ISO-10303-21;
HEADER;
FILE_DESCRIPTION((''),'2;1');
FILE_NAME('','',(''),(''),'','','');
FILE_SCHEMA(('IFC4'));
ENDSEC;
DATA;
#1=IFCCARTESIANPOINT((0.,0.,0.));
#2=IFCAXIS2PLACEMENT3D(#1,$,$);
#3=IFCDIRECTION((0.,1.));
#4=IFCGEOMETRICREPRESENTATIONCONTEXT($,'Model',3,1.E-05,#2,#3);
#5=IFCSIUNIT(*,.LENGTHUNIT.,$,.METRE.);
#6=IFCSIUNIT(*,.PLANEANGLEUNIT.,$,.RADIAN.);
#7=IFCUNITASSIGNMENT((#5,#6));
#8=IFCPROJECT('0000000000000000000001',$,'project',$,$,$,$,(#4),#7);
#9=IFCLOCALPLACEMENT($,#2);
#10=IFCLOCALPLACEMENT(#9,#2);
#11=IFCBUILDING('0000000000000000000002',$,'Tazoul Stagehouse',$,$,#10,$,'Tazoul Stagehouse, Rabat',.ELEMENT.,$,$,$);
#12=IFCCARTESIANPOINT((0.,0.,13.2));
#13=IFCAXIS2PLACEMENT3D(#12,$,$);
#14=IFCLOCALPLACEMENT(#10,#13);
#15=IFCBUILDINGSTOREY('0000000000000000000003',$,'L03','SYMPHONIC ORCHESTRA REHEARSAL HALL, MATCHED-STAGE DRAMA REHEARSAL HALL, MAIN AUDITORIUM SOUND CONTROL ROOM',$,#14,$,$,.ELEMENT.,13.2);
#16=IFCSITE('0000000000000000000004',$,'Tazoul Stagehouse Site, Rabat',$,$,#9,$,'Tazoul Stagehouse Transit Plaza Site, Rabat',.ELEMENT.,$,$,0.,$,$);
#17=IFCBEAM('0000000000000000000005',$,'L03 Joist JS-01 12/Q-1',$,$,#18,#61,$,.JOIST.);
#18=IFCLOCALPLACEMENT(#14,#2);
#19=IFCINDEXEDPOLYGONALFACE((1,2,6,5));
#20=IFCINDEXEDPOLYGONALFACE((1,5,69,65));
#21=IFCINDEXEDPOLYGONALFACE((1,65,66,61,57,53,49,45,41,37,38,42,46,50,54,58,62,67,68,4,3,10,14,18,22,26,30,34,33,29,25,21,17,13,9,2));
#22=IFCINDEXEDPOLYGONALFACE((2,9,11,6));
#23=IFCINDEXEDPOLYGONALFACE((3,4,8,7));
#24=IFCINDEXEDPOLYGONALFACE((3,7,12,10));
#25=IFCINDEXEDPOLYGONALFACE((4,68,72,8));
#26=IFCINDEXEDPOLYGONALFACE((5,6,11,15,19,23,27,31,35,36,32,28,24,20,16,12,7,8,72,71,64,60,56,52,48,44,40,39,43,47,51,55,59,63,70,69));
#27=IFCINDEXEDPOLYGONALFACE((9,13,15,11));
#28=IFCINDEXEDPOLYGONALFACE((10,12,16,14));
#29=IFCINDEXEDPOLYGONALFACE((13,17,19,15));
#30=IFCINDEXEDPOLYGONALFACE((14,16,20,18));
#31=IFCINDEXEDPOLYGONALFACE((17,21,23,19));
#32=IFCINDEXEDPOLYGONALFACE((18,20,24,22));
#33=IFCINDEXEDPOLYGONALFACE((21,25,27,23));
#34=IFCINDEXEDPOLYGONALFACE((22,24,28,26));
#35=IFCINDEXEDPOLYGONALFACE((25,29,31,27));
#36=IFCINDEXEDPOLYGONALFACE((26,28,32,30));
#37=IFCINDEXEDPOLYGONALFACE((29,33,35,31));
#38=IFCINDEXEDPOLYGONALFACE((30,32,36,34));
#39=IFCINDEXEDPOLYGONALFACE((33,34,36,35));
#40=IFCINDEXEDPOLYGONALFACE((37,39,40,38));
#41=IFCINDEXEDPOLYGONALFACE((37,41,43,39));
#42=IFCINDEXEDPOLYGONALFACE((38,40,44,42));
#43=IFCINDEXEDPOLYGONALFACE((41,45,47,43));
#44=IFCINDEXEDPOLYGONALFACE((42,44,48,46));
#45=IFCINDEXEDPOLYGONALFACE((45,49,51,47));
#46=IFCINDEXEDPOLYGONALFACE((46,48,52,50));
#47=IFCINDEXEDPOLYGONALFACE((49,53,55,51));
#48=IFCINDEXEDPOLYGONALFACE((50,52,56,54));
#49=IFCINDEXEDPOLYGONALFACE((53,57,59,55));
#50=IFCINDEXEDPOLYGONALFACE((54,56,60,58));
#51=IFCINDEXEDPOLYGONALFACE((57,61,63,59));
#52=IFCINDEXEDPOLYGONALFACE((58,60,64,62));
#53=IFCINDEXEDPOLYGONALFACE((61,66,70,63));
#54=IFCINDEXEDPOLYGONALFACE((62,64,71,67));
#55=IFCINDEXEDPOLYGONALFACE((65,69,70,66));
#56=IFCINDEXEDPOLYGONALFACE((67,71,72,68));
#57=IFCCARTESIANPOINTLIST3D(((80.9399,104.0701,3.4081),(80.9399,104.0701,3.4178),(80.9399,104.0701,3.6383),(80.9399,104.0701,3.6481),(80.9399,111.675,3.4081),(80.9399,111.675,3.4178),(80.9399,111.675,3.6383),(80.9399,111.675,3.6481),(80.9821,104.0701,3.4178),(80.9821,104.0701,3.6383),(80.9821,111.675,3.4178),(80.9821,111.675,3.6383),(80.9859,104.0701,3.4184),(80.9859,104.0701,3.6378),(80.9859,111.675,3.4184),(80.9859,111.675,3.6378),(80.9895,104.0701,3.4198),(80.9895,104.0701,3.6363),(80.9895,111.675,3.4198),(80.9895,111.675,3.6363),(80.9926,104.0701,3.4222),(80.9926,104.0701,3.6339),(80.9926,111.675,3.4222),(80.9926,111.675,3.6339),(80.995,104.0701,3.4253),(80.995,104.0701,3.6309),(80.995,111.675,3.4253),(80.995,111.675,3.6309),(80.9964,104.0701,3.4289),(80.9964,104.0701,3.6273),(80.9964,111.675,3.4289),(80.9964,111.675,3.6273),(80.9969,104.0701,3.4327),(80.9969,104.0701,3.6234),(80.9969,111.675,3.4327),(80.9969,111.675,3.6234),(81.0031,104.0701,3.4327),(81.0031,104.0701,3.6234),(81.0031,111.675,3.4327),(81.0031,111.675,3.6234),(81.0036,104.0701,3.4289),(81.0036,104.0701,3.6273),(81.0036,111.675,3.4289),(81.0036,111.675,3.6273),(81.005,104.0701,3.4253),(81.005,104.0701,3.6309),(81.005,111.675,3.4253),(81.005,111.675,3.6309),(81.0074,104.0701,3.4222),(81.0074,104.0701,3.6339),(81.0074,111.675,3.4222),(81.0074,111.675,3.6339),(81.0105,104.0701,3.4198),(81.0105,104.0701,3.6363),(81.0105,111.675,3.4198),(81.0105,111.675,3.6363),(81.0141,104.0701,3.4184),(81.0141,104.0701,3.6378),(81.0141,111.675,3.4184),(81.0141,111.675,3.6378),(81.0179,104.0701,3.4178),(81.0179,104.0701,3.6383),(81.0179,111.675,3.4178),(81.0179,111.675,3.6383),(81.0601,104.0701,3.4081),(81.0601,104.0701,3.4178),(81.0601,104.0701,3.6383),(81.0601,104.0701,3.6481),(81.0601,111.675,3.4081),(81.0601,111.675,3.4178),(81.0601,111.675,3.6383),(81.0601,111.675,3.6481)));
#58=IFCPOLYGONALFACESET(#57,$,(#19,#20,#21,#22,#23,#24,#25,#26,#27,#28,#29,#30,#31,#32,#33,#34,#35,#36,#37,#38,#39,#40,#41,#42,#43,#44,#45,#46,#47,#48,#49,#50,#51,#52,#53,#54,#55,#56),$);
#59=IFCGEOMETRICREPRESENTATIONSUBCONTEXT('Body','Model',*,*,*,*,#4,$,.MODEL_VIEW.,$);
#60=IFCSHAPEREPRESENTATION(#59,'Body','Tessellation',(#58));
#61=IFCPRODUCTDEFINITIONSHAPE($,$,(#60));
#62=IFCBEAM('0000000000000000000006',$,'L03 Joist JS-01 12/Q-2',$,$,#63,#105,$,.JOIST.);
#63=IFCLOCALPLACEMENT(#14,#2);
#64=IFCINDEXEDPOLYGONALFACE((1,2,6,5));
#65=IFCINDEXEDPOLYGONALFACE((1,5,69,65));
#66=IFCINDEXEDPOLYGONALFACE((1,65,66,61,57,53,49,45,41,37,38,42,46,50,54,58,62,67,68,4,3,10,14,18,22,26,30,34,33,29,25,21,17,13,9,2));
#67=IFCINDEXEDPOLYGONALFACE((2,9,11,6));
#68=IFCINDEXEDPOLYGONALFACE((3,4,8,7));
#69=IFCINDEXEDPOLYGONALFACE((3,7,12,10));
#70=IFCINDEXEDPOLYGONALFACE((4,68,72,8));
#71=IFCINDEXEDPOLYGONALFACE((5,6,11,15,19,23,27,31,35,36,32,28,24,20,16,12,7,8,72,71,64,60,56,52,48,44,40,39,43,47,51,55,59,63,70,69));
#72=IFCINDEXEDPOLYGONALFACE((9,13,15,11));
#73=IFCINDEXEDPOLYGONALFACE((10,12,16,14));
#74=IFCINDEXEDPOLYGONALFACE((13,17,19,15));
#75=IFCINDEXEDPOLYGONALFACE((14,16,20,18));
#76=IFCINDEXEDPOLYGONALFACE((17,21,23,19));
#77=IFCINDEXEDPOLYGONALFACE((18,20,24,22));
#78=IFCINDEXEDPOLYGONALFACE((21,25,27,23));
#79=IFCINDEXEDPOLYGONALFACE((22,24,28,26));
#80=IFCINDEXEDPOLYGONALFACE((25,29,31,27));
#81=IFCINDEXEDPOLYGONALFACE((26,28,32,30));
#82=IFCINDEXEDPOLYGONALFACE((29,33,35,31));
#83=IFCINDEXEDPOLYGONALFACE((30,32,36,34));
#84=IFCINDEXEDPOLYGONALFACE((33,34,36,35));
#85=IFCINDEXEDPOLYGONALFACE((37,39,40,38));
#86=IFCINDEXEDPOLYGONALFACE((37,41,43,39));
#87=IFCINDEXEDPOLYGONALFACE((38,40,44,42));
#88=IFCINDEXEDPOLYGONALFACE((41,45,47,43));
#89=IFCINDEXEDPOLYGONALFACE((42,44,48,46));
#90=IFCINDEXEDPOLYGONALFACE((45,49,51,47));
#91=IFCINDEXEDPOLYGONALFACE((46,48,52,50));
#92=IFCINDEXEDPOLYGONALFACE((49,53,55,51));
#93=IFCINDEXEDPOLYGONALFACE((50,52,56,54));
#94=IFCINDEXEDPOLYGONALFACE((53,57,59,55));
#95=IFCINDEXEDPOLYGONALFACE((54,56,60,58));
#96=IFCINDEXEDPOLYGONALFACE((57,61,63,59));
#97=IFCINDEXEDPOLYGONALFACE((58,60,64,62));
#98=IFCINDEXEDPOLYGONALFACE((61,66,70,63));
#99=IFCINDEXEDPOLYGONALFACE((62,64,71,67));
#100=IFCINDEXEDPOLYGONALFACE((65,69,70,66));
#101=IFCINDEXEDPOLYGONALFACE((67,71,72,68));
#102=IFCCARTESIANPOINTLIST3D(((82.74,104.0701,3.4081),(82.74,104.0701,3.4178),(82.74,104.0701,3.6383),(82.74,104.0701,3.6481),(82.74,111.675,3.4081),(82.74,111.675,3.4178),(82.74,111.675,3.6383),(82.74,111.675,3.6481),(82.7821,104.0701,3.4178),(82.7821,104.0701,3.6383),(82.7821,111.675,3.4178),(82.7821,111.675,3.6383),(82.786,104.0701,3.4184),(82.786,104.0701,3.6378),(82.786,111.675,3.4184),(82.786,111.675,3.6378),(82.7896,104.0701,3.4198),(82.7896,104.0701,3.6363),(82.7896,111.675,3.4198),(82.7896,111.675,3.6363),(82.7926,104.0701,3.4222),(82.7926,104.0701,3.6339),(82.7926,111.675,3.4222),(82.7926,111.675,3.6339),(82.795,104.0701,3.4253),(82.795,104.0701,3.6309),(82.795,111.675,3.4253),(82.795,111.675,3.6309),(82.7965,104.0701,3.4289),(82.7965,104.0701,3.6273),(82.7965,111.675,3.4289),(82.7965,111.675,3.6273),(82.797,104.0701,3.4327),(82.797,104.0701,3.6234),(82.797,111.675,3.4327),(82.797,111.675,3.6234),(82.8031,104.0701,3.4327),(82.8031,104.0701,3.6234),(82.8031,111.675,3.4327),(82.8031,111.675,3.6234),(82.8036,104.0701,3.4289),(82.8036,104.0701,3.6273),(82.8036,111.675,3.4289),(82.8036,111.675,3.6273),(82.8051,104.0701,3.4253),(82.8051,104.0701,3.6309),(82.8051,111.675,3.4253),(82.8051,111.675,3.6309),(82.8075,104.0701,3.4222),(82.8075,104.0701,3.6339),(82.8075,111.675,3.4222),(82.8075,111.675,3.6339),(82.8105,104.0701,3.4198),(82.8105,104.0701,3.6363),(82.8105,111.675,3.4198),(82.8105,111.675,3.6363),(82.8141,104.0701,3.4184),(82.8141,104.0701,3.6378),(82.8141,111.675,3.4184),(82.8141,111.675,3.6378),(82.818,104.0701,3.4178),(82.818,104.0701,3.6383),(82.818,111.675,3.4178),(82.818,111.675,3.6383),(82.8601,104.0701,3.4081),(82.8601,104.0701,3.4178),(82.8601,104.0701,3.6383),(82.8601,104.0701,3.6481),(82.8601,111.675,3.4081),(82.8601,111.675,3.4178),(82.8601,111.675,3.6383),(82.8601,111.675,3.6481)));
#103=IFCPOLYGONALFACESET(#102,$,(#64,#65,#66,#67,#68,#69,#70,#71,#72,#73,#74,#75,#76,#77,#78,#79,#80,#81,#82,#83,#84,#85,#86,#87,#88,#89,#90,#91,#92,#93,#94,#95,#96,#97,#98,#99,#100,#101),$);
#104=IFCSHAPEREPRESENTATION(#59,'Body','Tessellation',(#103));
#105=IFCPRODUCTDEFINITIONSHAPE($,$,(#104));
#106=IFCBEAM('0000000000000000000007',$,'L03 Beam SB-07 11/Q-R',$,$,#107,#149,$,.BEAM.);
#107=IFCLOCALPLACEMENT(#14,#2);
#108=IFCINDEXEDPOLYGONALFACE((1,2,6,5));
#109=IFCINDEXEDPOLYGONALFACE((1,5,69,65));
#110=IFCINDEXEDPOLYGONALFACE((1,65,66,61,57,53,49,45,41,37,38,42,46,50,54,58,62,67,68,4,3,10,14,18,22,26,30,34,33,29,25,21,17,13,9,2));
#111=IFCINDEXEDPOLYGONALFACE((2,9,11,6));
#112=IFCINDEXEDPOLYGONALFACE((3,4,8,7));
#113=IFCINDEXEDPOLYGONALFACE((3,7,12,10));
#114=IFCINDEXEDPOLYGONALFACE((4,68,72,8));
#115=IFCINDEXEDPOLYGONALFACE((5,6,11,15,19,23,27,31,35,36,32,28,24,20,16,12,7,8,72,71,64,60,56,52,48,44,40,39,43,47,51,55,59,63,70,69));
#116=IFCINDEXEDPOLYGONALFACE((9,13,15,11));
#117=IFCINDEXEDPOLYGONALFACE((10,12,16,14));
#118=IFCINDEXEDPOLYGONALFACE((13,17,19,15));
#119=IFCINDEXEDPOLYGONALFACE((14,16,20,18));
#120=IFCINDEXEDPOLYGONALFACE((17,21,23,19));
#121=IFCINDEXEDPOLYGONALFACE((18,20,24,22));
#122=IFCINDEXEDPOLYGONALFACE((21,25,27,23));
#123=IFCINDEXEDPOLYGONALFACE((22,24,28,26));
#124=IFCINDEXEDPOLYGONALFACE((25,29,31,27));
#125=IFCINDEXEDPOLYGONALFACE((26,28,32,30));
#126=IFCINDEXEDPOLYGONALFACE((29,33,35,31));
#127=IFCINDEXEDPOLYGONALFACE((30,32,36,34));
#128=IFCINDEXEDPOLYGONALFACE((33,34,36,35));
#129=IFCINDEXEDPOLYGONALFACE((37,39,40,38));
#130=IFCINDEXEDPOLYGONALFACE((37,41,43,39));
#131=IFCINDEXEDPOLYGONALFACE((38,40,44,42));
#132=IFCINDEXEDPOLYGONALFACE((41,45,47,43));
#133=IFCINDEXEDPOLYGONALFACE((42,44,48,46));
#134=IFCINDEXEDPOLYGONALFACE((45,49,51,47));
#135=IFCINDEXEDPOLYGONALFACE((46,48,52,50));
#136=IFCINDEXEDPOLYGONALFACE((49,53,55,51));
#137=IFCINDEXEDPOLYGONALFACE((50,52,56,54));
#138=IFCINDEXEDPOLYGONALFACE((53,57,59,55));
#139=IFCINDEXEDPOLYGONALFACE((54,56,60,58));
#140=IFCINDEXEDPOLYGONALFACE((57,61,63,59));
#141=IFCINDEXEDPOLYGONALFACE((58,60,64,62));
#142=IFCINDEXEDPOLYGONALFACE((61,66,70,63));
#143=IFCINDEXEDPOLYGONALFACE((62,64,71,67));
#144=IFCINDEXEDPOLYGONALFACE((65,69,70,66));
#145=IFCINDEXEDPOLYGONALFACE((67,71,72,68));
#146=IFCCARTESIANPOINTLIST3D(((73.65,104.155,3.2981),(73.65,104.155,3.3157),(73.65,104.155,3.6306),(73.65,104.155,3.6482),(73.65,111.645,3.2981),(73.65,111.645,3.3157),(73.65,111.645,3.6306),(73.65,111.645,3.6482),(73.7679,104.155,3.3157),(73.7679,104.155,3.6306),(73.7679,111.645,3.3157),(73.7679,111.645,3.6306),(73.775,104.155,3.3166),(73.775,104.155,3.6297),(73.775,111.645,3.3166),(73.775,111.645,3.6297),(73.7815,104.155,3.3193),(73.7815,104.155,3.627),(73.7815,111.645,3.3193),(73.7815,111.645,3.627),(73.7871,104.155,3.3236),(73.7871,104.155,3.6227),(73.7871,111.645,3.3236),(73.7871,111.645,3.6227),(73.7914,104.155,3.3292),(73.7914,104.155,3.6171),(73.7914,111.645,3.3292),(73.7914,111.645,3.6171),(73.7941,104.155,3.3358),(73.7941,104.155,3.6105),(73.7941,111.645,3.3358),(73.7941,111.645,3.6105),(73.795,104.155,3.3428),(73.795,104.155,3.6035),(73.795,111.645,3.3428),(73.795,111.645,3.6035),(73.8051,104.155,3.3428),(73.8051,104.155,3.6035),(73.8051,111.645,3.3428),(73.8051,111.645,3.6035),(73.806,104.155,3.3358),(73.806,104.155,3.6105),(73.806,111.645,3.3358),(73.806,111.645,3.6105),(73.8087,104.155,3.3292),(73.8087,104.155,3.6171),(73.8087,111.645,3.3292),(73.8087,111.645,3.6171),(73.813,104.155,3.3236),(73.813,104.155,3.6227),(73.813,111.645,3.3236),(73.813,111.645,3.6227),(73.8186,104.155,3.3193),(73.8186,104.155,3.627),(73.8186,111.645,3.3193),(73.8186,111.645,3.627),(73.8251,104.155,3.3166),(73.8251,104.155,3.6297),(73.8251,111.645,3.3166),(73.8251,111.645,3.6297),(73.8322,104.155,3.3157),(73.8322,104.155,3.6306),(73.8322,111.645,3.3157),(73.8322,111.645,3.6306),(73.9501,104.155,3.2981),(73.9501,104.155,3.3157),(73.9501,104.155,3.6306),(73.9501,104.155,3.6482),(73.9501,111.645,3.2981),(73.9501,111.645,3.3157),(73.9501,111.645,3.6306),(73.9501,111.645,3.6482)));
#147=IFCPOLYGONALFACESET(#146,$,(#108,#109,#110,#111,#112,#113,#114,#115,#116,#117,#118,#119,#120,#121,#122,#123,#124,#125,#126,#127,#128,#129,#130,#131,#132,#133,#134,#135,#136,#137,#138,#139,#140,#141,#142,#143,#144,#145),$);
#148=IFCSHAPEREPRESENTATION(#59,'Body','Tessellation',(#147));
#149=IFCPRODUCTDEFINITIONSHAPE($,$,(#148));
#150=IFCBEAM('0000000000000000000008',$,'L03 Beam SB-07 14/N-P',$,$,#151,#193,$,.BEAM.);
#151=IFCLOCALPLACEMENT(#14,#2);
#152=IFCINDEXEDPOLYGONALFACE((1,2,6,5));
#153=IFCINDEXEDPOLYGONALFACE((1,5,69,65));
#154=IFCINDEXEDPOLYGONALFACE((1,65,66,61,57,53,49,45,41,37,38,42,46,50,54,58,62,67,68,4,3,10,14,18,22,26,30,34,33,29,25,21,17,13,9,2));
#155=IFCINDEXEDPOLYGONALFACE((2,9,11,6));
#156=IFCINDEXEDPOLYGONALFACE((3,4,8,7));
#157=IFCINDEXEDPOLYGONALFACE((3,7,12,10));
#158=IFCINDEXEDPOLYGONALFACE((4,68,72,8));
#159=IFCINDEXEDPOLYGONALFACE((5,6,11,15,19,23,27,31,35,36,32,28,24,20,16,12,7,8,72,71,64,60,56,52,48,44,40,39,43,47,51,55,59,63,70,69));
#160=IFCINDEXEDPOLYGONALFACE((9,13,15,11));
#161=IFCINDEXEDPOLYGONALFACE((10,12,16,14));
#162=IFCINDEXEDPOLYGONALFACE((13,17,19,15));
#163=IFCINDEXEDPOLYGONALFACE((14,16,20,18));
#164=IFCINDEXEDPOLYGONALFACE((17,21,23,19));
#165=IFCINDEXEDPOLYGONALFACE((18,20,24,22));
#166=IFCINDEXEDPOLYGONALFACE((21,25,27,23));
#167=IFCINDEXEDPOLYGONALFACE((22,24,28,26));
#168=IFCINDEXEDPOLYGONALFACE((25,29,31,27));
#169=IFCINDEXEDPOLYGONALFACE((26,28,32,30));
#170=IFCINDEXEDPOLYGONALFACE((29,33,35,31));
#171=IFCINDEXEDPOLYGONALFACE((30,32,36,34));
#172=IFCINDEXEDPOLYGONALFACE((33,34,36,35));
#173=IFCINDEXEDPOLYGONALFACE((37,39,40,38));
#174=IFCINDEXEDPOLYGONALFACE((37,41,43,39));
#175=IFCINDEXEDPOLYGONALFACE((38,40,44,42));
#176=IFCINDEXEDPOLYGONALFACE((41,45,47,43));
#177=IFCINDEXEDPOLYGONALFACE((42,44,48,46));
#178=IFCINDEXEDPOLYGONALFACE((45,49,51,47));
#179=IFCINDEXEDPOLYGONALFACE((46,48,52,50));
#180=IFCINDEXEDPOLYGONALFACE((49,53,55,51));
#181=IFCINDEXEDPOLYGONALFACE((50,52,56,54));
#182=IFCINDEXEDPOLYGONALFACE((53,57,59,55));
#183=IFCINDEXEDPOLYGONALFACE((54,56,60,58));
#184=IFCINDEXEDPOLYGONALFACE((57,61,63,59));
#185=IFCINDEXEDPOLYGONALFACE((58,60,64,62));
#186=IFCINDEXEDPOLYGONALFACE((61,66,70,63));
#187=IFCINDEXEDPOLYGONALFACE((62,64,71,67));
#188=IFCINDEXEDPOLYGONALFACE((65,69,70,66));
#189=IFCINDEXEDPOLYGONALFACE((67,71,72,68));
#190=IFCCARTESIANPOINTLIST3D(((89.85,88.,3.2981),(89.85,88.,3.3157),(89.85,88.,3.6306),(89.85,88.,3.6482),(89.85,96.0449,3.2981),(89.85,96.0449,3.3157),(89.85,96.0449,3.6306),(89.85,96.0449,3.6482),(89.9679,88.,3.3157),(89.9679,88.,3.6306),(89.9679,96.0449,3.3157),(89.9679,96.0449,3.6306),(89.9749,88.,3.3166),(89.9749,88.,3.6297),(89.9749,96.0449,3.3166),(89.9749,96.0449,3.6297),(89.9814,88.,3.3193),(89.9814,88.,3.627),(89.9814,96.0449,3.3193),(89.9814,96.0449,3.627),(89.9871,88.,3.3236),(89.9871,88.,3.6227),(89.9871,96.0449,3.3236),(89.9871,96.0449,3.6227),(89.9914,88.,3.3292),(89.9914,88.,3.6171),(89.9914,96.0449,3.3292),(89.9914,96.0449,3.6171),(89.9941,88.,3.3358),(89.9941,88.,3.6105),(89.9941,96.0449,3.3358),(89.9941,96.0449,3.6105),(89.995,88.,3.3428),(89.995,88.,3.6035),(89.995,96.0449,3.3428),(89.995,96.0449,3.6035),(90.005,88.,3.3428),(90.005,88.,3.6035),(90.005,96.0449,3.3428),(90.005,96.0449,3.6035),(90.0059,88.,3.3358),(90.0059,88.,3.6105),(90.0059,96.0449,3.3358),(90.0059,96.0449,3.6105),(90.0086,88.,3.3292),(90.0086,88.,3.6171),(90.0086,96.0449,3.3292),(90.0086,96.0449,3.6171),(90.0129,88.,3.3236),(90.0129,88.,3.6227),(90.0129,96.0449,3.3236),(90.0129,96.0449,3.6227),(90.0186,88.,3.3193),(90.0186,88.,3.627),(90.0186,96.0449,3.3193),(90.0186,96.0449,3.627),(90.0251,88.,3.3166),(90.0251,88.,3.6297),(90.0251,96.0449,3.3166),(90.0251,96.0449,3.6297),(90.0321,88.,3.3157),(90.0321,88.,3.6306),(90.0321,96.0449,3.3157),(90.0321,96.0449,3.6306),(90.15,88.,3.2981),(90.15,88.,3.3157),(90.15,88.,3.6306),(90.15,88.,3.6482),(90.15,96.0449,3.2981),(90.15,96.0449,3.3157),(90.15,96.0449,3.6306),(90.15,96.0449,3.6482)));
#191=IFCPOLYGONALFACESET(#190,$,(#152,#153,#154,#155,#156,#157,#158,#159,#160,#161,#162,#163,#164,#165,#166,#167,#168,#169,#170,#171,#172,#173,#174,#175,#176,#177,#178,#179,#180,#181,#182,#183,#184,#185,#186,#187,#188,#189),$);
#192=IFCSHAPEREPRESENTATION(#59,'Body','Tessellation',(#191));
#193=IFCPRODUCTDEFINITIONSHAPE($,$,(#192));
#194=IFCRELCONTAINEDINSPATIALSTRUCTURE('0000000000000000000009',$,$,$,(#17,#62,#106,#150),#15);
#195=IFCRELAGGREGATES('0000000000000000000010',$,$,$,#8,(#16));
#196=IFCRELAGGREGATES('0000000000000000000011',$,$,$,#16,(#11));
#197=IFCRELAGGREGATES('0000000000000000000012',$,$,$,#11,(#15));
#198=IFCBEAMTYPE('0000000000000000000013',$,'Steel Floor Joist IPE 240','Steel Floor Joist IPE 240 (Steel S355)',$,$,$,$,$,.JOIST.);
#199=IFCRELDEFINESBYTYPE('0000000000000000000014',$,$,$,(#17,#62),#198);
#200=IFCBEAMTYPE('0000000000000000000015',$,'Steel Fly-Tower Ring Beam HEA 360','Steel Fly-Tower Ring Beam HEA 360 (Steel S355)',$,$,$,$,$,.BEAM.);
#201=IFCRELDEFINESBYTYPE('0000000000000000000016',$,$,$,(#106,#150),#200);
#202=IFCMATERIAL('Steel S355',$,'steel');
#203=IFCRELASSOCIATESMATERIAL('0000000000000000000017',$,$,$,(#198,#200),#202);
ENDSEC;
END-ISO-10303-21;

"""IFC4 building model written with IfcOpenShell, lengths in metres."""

from ifc_helpers import new_model, si_unit, direction, frame, origin, origin_2d, place, context, subcontext, project, spatial, i_section, extrude, material, material_profile, profile_set, type_object, element, save


model = new_model("IFC4")

# Units and contexts
model_context = context("Model", 3, precision=1e-05, world=origin(), true_north=direction((0.0, 1.0)))
body_context = subcontext(model_context, "Body", "Model", "MODEL_VIEW")
ifc_project = project(units=[si_unit("LENGTHUNIT", "METRE"), si_unit("PLANEANGLEUNIT", "RADIAN")], contexts=[model_context])

# Site, building, storey
site_placement = place(None, origin())
site = spatial("IfcSite", under=ifc_project, at=site_placement, Name="Tazoul Stagehouse Site, Rabat", LongName="Tazoul Stagehouse Transit Plaza Site, Rabat", CompositionType="ELEMENT", RefElevation=0.0)
building_placement = place(site_placement, origin())
building = spatial("IfcBuilding", under=site, at=building_placement, Name="Tazoul Stagehouse", LongName="Tazoul Stagehouse, Rabat", CompositionType="ELEMENT")
storey_placement = place(building_placement, frame((0.0, 0.0, 13.2)))
storey = spatial("IfcBuildingStorey", under=building, at=storey_placement, Name="L03", Description="SYMPHONIC ORCHESTRA REHEARSAL HALL, MATCHED-STAGE DRAMA REHEARSAL HALL, MAIN AUDITORIUM SOUND CONTROL ROOM", CompositionType="ELEMENT", Elevation=13.2)

# Shared definitions
ifc_material_1 = material(Name="Steel S355", Category="steel")

# Beams
ifc_material_profile_1 = material_profile(ifc_material_1, i_section(OverallWidth=0.1201, OverallDepth=0.24, WebThickness=0.0061, FlangeThickness=0.0098, FilletRadius=0.0149, at=origin_2d()), Name="IPE 240")
ifc_profile_set_1 = profile_set([ifc_material_profile_1], Name="Steel S355")
beam_type_1 = type_object("IfcBeamType", Name="Steel Floor Joist IPE 240", Description="Steel Floor Joist IPE 240 (Steel S355)", PredefinedType="JOIST", material=ifc_profile_set_1)
for number, where, z_axis, x_axis, name in (
    (1, (81.0, 104.0701, 3.5281), (0.0, 1.0, 0.0), (-1.0, 0.0, 0.0), "L03 Joist JS-01 12/Q-1"),
    (2, (82.8, 104.0701, 3.5281), (0.0, 1.0, 0.0), (-1.0, 0.0, 0.0), "L03 Joist JS-01 12/Q-2"),
):
    element("IfcBeam", number, at=place(storey_placement, frame(where, z_axis=z_axis, x_axis=x_axis)), inside=storey, type_object=beam_type_1, Name=name, PredefinedType="JOIST", context=body_context, shape_type="SweptSolid", body=[
        extrude(i_section(OverallWidth=0.1201, OverallDepth=0.24, WebThickness=0.0061, FlangeThickness=0.0098, FilletRadius=0.0149, at=origin_2d()), origin(), (0.0, 0.0, 1.0), 7.605),
    ])
ifc_material_profile_2 = material_profile(ifc_material_1, i_section(OverallWidth=0.3, OverallDepth=0.3501, WebThickness=0.01, FlangeThickness=0.0176, FilletRadius=0.0271, at=origin_2d()), Name="HEA 360")
ifc_profile_set_2 = profile_set([ifc_material_profile_2], Name="Steel S355")
beam_type_2 = type_object("IfcBeamType", Name="Steel Fly-Tower Ring Beam HEA 360", Description="Steel Fly-Tower Ring Beam HEA 360 (Steel S355)", PredefinedType="BEAM", material=ifc_profile_set_2)
beam_1_placement = place(storey_placement, frame((73.8, 104.155, 3.4731), z_axis=(0.0, 1.0, 0.0), x_axis=(-1.0, 0.0, 0.0)))
element("IfcBeam", 3, at=beam_1_placement, inside=storey, type_object=beam_type_2, Name="L03 Beam SB-07 11/Q-R", PredefinedType="BEAM", context=body_context, shape_type="SweptSolid", body=[
    extrude(i_section(OverallWidth=0.3, OverallDepth=0.3501, WebThickness=0.01, FlangeThickness=0.0176, FilletRadius=0.0271, at=origin_2d()), origin(), (0.0, 0.0, 1.0), 7.49),
])
beam_2_placement = place(storey_placement, frame((90.0, 88.0, 3.4731), z_axis=(0.0, 1.0, 0.0), x_axis=(-1.0, 0.0, 0.0)))
element("IfcBeam", 4, at=beam_2_placement, inside=storey, type_object=beam_type_2, Name="L03 Beam SB-07 14/N-P", PredefinedType="BEAM", context=body_context, shape_type="SweptSolid", body=[
    extrude(i_section(OverallWidth=0.3, OverallDepth=0.3501, WebThickness=0.01, FlangeThickness=0.0176, FilletRadius=0.0271, at=origin_2d()), origin(), (0.0, 0.0, 1.0), 8.0449),
])

save(model, "model.ifc")
